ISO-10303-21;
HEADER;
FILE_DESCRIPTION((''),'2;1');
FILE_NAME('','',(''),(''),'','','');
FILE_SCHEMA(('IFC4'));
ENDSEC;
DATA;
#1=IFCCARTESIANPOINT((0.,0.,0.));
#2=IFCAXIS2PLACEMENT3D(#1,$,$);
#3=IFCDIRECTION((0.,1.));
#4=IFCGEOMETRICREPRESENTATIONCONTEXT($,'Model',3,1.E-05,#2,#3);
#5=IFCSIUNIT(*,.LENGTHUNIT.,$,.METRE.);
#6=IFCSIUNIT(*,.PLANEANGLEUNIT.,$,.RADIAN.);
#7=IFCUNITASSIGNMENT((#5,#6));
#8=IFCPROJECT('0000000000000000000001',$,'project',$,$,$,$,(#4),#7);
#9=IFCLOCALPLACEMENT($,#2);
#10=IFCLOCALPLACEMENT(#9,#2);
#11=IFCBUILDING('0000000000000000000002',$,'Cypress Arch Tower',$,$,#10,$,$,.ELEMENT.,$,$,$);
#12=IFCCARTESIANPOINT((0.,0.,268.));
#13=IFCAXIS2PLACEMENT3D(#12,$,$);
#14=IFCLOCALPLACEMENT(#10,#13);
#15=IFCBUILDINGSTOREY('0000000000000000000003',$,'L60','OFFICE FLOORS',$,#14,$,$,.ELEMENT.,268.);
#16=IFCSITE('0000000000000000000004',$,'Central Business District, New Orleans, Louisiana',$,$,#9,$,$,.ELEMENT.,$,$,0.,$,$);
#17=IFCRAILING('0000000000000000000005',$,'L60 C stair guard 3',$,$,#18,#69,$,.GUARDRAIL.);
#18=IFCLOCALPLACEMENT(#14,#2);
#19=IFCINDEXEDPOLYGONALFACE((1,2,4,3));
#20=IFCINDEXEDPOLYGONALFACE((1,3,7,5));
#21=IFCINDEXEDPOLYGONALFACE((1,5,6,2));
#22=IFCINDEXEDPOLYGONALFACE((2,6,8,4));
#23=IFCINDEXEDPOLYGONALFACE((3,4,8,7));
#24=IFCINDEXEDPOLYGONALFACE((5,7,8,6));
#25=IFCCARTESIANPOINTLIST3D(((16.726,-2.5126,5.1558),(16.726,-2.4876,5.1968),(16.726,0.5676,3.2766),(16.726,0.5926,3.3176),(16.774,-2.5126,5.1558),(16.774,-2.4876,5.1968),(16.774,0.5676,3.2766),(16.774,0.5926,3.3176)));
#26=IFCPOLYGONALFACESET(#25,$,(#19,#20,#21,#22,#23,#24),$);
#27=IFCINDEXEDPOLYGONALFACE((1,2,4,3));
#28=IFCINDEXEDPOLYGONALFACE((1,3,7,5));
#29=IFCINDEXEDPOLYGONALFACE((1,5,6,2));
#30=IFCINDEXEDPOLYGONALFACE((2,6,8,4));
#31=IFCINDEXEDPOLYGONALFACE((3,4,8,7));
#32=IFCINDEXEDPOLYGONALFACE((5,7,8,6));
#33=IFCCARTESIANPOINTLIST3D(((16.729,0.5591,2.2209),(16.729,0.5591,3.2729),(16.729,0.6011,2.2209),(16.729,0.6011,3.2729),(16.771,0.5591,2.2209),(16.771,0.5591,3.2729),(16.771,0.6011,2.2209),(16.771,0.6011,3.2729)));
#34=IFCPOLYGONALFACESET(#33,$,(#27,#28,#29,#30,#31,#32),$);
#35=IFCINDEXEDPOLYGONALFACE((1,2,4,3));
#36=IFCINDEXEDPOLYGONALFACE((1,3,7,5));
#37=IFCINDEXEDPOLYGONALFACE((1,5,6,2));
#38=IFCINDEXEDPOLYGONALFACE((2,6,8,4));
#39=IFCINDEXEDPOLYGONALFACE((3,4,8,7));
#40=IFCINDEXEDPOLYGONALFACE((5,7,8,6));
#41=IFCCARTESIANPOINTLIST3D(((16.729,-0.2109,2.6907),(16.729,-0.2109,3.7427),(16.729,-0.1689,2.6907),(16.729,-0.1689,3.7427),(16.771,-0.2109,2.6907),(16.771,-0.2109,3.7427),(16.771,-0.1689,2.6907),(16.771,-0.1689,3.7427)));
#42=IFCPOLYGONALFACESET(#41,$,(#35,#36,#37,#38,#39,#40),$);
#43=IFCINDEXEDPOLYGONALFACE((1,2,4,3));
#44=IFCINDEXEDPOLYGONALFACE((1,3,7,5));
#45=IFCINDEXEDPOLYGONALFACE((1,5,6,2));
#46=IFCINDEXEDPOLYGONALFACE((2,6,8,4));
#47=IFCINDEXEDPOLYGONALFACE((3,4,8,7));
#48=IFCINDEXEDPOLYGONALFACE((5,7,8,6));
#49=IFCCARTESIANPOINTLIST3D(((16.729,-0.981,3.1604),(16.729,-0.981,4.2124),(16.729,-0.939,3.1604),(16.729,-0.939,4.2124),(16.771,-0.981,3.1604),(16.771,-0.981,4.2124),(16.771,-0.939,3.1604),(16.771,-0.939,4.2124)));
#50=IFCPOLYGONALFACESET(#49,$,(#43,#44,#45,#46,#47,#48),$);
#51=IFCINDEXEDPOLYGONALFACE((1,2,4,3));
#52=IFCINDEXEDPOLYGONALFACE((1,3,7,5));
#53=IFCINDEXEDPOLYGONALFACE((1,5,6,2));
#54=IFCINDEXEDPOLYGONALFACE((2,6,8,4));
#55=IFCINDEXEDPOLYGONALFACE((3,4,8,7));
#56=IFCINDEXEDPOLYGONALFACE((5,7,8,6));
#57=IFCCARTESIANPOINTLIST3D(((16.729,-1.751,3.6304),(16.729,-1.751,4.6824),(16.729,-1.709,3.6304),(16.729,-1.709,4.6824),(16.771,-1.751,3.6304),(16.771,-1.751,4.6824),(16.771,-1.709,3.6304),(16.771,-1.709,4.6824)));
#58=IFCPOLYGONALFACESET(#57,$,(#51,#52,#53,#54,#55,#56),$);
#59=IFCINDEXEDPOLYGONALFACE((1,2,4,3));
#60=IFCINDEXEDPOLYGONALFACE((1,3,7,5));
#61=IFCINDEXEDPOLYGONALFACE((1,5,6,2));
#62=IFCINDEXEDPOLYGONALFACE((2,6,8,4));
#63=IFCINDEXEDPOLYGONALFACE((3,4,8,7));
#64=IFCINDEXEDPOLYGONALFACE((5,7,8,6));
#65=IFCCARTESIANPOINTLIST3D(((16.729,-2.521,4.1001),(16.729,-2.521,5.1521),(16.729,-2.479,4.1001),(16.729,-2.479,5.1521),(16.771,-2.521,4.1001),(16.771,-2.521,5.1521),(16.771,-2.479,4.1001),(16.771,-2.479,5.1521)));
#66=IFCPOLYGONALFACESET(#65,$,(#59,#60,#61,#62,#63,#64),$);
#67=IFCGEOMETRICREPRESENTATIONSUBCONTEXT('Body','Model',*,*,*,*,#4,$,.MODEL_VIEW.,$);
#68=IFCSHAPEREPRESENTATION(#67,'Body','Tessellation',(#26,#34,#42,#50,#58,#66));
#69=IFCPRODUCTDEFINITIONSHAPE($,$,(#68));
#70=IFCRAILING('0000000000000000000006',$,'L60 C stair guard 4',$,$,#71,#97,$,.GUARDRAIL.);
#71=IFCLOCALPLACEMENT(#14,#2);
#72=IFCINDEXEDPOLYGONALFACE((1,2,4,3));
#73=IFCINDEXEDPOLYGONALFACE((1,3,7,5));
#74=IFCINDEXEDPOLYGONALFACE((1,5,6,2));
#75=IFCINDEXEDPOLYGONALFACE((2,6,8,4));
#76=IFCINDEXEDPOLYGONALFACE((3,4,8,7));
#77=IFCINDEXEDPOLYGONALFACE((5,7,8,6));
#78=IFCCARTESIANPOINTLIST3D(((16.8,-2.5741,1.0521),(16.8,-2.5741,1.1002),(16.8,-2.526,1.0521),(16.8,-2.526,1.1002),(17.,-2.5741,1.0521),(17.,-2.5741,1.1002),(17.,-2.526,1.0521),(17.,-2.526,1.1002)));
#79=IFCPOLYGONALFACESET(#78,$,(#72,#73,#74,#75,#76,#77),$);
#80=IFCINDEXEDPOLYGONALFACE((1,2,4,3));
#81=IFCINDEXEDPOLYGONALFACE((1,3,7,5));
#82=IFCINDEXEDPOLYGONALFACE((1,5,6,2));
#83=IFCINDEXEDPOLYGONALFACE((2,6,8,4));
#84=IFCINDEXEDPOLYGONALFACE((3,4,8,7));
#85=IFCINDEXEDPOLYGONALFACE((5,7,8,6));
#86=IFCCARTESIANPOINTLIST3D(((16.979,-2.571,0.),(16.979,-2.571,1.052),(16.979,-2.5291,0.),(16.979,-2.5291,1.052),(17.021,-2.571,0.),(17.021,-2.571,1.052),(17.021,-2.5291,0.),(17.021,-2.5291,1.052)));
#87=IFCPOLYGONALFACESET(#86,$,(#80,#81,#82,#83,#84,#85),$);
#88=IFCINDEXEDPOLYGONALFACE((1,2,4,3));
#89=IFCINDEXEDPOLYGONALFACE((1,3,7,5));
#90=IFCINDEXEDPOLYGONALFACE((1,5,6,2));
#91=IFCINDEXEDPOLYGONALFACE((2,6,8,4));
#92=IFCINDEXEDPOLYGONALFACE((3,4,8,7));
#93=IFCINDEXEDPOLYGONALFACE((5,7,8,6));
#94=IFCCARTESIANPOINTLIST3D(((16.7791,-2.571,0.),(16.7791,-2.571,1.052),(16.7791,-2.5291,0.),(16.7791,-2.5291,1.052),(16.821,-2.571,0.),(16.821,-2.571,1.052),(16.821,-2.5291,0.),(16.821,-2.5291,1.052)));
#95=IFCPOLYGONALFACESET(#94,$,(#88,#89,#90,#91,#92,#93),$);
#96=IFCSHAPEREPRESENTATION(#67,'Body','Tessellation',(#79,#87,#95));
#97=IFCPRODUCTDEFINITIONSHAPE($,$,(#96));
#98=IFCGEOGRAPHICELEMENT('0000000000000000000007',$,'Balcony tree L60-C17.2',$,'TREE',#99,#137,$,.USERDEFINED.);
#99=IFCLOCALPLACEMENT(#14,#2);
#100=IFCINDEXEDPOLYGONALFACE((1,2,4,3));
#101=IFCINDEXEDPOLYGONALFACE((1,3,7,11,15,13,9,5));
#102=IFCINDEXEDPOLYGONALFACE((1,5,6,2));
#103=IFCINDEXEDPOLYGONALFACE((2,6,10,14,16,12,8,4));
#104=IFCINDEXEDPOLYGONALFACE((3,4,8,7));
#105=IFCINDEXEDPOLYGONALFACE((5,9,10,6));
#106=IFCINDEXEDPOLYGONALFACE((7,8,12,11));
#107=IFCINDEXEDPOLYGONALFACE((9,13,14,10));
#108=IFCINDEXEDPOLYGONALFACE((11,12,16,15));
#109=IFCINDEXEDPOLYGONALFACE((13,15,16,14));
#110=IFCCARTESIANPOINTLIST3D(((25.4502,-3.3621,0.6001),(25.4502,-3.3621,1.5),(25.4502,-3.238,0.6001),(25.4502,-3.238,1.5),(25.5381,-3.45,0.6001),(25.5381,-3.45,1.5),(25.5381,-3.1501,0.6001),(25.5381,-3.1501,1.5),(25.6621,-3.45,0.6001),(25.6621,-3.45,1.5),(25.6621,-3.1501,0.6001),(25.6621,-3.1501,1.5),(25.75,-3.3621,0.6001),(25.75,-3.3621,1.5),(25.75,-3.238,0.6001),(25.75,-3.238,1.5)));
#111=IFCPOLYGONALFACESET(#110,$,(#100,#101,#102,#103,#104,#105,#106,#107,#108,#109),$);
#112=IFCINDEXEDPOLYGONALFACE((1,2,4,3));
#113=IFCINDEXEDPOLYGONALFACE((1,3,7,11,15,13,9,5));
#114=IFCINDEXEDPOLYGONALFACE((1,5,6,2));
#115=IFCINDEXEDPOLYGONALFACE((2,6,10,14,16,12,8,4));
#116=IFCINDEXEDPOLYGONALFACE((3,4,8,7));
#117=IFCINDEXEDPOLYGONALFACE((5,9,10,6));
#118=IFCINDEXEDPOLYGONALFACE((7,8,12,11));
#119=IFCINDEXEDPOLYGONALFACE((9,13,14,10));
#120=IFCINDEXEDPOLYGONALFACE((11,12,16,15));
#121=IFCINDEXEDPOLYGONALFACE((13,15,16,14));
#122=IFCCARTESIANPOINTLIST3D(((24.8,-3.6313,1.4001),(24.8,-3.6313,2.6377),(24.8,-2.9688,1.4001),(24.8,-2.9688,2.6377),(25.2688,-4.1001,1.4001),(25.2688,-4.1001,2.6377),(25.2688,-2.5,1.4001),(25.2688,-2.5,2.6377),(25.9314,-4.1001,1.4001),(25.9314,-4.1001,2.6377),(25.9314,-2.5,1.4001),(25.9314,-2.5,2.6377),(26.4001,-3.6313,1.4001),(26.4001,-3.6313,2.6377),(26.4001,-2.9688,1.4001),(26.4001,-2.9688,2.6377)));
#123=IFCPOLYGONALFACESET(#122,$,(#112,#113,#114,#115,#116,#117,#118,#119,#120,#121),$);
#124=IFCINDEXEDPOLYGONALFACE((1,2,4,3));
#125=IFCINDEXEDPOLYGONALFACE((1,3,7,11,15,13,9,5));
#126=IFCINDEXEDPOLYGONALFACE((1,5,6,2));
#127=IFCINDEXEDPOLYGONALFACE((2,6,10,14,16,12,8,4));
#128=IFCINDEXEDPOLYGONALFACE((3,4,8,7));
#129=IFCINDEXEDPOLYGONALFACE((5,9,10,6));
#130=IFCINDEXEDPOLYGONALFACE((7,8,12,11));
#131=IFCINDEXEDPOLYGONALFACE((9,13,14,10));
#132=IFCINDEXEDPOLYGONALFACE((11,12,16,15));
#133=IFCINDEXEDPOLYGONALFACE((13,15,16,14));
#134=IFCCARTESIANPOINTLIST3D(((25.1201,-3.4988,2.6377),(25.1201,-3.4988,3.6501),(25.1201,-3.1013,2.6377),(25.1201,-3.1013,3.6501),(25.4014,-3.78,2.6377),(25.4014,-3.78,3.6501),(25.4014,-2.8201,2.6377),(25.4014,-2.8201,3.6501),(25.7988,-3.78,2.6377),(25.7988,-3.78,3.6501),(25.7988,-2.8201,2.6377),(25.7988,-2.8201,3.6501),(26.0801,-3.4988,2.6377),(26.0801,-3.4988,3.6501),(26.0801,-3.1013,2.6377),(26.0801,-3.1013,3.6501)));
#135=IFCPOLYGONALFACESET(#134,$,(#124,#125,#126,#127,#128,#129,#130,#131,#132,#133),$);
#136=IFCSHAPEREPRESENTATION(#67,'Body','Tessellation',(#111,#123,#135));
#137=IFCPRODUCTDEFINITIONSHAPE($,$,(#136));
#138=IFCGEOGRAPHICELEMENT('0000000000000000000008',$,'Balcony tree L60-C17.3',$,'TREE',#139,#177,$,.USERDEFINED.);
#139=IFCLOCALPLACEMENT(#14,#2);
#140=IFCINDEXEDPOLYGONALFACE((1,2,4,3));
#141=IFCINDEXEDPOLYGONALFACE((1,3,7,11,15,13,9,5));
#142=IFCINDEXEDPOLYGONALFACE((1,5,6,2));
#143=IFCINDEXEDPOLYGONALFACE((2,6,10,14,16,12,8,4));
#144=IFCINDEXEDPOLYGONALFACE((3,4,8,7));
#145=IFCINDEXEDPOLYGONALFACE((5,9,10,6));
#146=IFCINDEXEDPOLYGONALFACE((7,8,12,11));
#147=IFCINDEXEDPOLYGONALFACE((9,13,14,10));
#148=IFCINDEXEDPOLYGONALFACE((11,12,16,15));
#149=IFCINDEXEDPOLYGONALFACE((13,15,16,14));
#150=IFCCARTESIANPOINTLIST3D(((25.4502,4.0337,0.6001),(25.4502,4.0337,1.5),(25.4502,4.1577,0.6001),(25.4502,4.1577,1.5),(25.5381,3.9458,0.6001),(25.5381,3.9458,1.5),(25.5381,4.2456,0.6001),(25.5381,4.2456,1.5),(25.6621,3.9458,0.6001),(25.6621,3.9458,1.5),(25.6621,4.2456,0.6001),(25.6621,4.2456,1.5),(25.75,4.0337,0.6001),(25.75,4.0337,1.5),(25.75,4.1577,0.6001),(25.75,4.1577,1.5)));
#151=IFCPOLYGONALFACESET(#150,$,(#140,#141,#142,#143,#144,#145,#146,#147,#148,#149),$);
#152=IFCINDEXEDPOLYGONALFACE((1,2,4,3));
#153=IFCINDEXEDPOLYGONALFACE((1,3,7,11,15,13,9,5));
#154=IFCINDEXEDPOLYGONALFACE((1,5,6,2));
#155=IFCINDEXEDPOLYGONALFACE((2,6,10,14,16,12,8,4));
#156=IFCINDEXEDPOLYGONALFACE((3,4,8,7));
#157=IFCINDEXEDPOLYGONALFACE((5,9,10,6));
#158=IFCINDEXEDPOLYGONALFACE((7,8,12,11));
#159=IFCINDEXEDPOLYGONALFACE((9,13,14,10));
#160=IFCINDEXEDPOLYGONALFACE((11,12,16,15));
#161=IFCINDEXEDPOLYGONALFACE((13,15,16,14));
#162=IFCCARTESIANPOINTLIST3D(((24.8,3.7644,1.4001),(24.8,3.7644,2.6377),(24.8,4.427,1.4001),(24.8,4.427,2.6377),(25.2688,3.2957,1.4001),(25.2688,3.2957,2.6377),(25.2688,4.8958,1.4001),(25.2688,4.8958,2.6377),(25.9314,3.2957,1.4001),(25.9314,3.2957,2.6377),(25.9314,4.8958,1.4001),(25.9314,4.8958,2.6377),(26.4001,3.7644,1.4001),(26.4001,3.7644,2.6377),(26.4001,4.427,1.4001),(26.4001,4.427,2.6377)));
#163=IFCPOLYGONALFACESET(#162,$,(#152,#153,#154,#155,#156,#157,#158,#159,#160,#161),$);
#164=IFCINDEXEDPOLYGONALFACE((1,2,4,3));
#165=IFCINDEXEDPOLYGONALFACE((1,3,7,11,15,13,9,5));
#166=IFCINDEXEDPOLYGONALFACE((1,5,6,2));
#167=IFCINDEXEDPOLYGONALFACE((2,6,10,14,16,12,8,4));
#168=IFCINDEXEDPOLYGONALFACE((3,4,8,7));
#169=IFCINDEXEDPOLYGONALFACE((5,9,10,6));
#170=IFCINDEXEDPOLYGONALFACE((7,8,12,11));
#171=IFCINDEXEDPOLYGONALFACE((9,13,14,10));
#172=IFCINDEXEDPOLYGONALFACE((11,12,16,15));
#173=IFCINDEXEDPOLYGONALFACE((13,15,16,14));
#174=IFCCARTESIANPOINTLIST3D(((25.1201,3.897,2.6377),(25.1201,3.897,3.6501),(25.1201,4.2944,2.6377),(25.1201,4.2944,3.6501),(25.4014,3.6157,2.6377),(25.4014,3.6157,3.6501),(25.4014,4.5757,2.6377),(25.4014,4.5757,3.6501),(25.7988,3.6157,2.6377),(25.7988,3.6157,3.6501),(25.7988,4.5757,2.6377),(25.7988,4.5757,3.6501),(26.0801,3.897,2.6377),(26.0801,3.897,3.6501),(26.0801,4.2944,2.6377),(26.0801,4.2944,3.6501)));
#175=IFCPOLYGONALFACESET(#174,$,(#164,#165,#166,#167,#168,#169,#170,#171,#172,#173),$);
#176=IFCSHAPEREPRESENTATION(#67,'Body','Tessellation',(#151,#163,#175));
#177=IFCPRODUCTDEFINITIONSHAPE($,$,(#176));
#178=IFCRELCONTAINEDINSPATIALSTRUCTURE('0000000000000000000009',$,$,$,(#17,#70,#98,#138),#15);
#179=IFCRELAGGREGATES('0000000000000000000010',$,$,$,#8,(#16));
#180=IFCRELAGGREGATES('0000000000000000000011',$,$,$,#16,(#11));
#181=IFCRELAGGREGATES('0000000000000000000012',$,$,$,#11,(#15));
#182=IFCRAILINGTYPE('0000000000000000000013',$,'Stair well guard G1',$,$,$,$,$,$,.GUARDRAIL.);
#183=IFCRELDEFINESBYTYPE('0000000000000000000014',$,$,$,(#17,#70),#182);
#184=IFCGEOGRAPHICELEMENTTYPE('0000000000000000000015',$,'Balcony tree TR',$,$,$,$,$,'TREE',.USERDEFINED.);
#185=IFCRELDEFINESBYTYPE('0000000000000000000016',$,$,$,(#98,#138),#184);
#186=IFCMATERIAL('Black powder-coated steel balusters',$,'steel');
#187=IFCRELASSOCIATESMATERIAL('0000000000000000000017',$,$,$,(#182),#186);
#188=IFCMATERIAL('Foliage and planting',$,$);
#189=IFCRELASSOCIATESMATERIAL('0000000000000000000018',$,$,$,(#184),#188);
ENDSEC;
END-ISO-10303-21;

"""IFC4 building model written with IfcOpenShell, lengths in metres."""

from ifc_helpers import new_model, si_unit, direction, frame, origin, origin_2d, place, context, subcontext, project, spatial, polyline, rectangle, outline, extrude, material, type_object, element, save


model = new_model("IFC4")

# Units and contexts
model_context = context("Model", 3, precision=1e-05, world=origin(), true_north=direction((0.0, 1.0)))
body_context = subcontext(model_context, "Body", "Model", "MODEL_VIEW")
ifc_project = project(units=[si_unit("LENGTHUNIT", "METRE"), si_unit("PLANEANGLEUNIT", "RADIAN")], contexts=[model_context])

# Site, building, storey
site_placement = place(None, origin())
site = spatial("IfcSite", under=ifc_project, at=site_placement, Name="Central Business District, New Orleans, Louisiana", CompositionType="ELEMENT", RefElevation=0.0)
building_placement = place(site_placement, origin())
building = spatial("IfcBuilding", under=site, at=building_placement, Name="Cypress Arch Tower", CompositionType="ELEMENT")
storey_placement = place(building_placement, frame((0.0, 0.0, 268.0)))
storey = spatial("IfcBuildingStorey", under=building, at=storey_placement, Name="L60", Description="OFFICE FLOORS", CompositionType="ELEMENT", Elevation=268.0)

# Railings
ifc_material_1 = material(Name="Black powder-coated steel balusters", Category="steel")
railing_type_1 = type_object("IfcRailingType", Name="Stair well guard G1", PredefinedType="GUARDRAIL", material=ifc_material_1)
railing_1_placement = place(storey_placement, frame((16.75, 0.5801, 2.2209)))
element("IfcRailing", 1, at=railing_1_placement, inside=storey, type_object=railing_type_1, Name="L60 C stair guard 3", PredefinedType="GUARDRAIL", context=body_context, shape_type="SweptSolid", body=[
    extrude(rectangle(XDim=0.0481, YDim=0.0481, at=origin_2d()), frame((0.0, 0.0, 1.0762), z_axis=(0.0, -0.853666, 0.52082), x_axis=(1.0, 0.0, 0.0)), (0.0, 0.0, 1.0), 3.6082),
    extrude(rectangle(XDim=0.042, YDim=0.042, at=origin_2d()), origin(), (0.0, 0.0, 1.0), 1.052),
    extrude(rectangle(XDim=0.042, YDim=0.042, at=origin_2d()), frame((0.0, -0.77, 0.4697)), (0.0, 0.0, 1.0), 1.052),
    extrude(rectangle(XDim=0.042, YDim=0.042, at=origin_2d()), frame((0.0, -1.54, 0.9395)), (0.0, 0.0, 1.0), 1.052),
    extrude(rectangle(XDim=0.042, YDim=0.042, at=origin_2d()), frame((0.0, -2.3101, 1.4094)), (0.0, 0.0, 1.0), 1.052),
    extrude(rectangle(XDim=0.042, YDim=0.042, at=origin_2d()), frame((0.0, -3.0801, 1.8792)), (0.0, 0.0, 1.0), 1.052),
])
railing_2_placement = place(storey_placement, frame((17.0, -2.55, 0.0)))
element("IfcRailing", 2, at=railing_2_placement, inside=storey, type_object=railing_type_1, Name="L60 C stair guard 4", PredefinedType="GUARDRAIL", context=body_context, shape_type="SweptSolid", body=[
    extrude(rectangle(XDim=0.0481, YDim=0.0481, at=origin_2d()), frame((0.0, 0.0, 1.0762), z_axis=(-1.0, 0.0, 0.0), x_axis=(0.0, -1.0, 0.0)), (0.0, 0.0, 1.0), 0.2),
    extrude(rectangle(XDim=0.042, YDim=0.042, at=origin_2d()), origin(), (0.0, 0.0, 1.0), 1.052),
    extrude(rectangle(XDim=0.042, YDim=0.042, at=origin_2d()), frame((-0.2, 0.0, 0.0)), (0.0, 0.0, 1.0), 1.052),
])

# Geographic elements
ifc_material_2 = material(Name="Foliage and planting")
geographic_element_type = type_object("IfcGeographicElementType", Name="Balcony tree TR", ElementType="TREE", PredefinedType="USERDEFINED", material=ifc_material_2)
for number, where, z_axis, x_axis, name in (
    (3, (25.6001, -3.3, 0.6001), (0.0, 0.0, 1.0), (1.0, 0.0, 0.0), "Balcony tree L60-C17.2"),
    (4, (25.6001, 4.0957, 0.6001), (0.0, 0.0, 1.0), (1.0, 0.0, 0.0), "Balcony tree L60-C17.3"),
):
    element("IfcGeographicElement", number, at=place(storey_placement, frame(where, z_axis=z_axis, x_axis=x_axis)), inside=storey, type_object=geographic_element_type, Name=name, ObjectType="TREE", PredefinedType="USERDEFINED", context=body_context, shape_type="SweptSolid", body=[
        extrude(outline(polyline([(0.1499, 0.062), (0.062, 0.1499), (-0.062, 0.1499), (-0.1499, 0.062), (-0.1499, -0.062), (-0.062, -0.1499), (0.062, -0.1499), (0.1499, -0.062), (0.1499, 0.062)])), origin(), (0.0, 0.0, 1.0), 0.8999),
        extrude(outline(polyline([(0.8, 0.3313), (0.3313, 0.8), (-0.3313, 0.8), (-0.8, 0.3313), (-0.8, -0.3313), (-0.3313, -0.8), (0.3313, -0.8), (0.8, -0.3313), (0.8, 0.3313)])), frame((0.0, 0.0, 0.8)), (0.0, 0.0, 1.0), 1.2375),
        extrude(outline(polyline([(0.48, 0.1987), (0.1987, 0.48), (-0.1987, 0.48), (-0.48, 0.1987), (-0.48, -0.1987), (-0.1987, -0.48), (0.1987, -0.48), (0.48, -0.1987), (0.48, 0.1987)])), frame((0.0, 0.0, 2.0376)), (0.0, 0.0, 1.0), 1.0125),
    ])

save(model, "model.ifc")
